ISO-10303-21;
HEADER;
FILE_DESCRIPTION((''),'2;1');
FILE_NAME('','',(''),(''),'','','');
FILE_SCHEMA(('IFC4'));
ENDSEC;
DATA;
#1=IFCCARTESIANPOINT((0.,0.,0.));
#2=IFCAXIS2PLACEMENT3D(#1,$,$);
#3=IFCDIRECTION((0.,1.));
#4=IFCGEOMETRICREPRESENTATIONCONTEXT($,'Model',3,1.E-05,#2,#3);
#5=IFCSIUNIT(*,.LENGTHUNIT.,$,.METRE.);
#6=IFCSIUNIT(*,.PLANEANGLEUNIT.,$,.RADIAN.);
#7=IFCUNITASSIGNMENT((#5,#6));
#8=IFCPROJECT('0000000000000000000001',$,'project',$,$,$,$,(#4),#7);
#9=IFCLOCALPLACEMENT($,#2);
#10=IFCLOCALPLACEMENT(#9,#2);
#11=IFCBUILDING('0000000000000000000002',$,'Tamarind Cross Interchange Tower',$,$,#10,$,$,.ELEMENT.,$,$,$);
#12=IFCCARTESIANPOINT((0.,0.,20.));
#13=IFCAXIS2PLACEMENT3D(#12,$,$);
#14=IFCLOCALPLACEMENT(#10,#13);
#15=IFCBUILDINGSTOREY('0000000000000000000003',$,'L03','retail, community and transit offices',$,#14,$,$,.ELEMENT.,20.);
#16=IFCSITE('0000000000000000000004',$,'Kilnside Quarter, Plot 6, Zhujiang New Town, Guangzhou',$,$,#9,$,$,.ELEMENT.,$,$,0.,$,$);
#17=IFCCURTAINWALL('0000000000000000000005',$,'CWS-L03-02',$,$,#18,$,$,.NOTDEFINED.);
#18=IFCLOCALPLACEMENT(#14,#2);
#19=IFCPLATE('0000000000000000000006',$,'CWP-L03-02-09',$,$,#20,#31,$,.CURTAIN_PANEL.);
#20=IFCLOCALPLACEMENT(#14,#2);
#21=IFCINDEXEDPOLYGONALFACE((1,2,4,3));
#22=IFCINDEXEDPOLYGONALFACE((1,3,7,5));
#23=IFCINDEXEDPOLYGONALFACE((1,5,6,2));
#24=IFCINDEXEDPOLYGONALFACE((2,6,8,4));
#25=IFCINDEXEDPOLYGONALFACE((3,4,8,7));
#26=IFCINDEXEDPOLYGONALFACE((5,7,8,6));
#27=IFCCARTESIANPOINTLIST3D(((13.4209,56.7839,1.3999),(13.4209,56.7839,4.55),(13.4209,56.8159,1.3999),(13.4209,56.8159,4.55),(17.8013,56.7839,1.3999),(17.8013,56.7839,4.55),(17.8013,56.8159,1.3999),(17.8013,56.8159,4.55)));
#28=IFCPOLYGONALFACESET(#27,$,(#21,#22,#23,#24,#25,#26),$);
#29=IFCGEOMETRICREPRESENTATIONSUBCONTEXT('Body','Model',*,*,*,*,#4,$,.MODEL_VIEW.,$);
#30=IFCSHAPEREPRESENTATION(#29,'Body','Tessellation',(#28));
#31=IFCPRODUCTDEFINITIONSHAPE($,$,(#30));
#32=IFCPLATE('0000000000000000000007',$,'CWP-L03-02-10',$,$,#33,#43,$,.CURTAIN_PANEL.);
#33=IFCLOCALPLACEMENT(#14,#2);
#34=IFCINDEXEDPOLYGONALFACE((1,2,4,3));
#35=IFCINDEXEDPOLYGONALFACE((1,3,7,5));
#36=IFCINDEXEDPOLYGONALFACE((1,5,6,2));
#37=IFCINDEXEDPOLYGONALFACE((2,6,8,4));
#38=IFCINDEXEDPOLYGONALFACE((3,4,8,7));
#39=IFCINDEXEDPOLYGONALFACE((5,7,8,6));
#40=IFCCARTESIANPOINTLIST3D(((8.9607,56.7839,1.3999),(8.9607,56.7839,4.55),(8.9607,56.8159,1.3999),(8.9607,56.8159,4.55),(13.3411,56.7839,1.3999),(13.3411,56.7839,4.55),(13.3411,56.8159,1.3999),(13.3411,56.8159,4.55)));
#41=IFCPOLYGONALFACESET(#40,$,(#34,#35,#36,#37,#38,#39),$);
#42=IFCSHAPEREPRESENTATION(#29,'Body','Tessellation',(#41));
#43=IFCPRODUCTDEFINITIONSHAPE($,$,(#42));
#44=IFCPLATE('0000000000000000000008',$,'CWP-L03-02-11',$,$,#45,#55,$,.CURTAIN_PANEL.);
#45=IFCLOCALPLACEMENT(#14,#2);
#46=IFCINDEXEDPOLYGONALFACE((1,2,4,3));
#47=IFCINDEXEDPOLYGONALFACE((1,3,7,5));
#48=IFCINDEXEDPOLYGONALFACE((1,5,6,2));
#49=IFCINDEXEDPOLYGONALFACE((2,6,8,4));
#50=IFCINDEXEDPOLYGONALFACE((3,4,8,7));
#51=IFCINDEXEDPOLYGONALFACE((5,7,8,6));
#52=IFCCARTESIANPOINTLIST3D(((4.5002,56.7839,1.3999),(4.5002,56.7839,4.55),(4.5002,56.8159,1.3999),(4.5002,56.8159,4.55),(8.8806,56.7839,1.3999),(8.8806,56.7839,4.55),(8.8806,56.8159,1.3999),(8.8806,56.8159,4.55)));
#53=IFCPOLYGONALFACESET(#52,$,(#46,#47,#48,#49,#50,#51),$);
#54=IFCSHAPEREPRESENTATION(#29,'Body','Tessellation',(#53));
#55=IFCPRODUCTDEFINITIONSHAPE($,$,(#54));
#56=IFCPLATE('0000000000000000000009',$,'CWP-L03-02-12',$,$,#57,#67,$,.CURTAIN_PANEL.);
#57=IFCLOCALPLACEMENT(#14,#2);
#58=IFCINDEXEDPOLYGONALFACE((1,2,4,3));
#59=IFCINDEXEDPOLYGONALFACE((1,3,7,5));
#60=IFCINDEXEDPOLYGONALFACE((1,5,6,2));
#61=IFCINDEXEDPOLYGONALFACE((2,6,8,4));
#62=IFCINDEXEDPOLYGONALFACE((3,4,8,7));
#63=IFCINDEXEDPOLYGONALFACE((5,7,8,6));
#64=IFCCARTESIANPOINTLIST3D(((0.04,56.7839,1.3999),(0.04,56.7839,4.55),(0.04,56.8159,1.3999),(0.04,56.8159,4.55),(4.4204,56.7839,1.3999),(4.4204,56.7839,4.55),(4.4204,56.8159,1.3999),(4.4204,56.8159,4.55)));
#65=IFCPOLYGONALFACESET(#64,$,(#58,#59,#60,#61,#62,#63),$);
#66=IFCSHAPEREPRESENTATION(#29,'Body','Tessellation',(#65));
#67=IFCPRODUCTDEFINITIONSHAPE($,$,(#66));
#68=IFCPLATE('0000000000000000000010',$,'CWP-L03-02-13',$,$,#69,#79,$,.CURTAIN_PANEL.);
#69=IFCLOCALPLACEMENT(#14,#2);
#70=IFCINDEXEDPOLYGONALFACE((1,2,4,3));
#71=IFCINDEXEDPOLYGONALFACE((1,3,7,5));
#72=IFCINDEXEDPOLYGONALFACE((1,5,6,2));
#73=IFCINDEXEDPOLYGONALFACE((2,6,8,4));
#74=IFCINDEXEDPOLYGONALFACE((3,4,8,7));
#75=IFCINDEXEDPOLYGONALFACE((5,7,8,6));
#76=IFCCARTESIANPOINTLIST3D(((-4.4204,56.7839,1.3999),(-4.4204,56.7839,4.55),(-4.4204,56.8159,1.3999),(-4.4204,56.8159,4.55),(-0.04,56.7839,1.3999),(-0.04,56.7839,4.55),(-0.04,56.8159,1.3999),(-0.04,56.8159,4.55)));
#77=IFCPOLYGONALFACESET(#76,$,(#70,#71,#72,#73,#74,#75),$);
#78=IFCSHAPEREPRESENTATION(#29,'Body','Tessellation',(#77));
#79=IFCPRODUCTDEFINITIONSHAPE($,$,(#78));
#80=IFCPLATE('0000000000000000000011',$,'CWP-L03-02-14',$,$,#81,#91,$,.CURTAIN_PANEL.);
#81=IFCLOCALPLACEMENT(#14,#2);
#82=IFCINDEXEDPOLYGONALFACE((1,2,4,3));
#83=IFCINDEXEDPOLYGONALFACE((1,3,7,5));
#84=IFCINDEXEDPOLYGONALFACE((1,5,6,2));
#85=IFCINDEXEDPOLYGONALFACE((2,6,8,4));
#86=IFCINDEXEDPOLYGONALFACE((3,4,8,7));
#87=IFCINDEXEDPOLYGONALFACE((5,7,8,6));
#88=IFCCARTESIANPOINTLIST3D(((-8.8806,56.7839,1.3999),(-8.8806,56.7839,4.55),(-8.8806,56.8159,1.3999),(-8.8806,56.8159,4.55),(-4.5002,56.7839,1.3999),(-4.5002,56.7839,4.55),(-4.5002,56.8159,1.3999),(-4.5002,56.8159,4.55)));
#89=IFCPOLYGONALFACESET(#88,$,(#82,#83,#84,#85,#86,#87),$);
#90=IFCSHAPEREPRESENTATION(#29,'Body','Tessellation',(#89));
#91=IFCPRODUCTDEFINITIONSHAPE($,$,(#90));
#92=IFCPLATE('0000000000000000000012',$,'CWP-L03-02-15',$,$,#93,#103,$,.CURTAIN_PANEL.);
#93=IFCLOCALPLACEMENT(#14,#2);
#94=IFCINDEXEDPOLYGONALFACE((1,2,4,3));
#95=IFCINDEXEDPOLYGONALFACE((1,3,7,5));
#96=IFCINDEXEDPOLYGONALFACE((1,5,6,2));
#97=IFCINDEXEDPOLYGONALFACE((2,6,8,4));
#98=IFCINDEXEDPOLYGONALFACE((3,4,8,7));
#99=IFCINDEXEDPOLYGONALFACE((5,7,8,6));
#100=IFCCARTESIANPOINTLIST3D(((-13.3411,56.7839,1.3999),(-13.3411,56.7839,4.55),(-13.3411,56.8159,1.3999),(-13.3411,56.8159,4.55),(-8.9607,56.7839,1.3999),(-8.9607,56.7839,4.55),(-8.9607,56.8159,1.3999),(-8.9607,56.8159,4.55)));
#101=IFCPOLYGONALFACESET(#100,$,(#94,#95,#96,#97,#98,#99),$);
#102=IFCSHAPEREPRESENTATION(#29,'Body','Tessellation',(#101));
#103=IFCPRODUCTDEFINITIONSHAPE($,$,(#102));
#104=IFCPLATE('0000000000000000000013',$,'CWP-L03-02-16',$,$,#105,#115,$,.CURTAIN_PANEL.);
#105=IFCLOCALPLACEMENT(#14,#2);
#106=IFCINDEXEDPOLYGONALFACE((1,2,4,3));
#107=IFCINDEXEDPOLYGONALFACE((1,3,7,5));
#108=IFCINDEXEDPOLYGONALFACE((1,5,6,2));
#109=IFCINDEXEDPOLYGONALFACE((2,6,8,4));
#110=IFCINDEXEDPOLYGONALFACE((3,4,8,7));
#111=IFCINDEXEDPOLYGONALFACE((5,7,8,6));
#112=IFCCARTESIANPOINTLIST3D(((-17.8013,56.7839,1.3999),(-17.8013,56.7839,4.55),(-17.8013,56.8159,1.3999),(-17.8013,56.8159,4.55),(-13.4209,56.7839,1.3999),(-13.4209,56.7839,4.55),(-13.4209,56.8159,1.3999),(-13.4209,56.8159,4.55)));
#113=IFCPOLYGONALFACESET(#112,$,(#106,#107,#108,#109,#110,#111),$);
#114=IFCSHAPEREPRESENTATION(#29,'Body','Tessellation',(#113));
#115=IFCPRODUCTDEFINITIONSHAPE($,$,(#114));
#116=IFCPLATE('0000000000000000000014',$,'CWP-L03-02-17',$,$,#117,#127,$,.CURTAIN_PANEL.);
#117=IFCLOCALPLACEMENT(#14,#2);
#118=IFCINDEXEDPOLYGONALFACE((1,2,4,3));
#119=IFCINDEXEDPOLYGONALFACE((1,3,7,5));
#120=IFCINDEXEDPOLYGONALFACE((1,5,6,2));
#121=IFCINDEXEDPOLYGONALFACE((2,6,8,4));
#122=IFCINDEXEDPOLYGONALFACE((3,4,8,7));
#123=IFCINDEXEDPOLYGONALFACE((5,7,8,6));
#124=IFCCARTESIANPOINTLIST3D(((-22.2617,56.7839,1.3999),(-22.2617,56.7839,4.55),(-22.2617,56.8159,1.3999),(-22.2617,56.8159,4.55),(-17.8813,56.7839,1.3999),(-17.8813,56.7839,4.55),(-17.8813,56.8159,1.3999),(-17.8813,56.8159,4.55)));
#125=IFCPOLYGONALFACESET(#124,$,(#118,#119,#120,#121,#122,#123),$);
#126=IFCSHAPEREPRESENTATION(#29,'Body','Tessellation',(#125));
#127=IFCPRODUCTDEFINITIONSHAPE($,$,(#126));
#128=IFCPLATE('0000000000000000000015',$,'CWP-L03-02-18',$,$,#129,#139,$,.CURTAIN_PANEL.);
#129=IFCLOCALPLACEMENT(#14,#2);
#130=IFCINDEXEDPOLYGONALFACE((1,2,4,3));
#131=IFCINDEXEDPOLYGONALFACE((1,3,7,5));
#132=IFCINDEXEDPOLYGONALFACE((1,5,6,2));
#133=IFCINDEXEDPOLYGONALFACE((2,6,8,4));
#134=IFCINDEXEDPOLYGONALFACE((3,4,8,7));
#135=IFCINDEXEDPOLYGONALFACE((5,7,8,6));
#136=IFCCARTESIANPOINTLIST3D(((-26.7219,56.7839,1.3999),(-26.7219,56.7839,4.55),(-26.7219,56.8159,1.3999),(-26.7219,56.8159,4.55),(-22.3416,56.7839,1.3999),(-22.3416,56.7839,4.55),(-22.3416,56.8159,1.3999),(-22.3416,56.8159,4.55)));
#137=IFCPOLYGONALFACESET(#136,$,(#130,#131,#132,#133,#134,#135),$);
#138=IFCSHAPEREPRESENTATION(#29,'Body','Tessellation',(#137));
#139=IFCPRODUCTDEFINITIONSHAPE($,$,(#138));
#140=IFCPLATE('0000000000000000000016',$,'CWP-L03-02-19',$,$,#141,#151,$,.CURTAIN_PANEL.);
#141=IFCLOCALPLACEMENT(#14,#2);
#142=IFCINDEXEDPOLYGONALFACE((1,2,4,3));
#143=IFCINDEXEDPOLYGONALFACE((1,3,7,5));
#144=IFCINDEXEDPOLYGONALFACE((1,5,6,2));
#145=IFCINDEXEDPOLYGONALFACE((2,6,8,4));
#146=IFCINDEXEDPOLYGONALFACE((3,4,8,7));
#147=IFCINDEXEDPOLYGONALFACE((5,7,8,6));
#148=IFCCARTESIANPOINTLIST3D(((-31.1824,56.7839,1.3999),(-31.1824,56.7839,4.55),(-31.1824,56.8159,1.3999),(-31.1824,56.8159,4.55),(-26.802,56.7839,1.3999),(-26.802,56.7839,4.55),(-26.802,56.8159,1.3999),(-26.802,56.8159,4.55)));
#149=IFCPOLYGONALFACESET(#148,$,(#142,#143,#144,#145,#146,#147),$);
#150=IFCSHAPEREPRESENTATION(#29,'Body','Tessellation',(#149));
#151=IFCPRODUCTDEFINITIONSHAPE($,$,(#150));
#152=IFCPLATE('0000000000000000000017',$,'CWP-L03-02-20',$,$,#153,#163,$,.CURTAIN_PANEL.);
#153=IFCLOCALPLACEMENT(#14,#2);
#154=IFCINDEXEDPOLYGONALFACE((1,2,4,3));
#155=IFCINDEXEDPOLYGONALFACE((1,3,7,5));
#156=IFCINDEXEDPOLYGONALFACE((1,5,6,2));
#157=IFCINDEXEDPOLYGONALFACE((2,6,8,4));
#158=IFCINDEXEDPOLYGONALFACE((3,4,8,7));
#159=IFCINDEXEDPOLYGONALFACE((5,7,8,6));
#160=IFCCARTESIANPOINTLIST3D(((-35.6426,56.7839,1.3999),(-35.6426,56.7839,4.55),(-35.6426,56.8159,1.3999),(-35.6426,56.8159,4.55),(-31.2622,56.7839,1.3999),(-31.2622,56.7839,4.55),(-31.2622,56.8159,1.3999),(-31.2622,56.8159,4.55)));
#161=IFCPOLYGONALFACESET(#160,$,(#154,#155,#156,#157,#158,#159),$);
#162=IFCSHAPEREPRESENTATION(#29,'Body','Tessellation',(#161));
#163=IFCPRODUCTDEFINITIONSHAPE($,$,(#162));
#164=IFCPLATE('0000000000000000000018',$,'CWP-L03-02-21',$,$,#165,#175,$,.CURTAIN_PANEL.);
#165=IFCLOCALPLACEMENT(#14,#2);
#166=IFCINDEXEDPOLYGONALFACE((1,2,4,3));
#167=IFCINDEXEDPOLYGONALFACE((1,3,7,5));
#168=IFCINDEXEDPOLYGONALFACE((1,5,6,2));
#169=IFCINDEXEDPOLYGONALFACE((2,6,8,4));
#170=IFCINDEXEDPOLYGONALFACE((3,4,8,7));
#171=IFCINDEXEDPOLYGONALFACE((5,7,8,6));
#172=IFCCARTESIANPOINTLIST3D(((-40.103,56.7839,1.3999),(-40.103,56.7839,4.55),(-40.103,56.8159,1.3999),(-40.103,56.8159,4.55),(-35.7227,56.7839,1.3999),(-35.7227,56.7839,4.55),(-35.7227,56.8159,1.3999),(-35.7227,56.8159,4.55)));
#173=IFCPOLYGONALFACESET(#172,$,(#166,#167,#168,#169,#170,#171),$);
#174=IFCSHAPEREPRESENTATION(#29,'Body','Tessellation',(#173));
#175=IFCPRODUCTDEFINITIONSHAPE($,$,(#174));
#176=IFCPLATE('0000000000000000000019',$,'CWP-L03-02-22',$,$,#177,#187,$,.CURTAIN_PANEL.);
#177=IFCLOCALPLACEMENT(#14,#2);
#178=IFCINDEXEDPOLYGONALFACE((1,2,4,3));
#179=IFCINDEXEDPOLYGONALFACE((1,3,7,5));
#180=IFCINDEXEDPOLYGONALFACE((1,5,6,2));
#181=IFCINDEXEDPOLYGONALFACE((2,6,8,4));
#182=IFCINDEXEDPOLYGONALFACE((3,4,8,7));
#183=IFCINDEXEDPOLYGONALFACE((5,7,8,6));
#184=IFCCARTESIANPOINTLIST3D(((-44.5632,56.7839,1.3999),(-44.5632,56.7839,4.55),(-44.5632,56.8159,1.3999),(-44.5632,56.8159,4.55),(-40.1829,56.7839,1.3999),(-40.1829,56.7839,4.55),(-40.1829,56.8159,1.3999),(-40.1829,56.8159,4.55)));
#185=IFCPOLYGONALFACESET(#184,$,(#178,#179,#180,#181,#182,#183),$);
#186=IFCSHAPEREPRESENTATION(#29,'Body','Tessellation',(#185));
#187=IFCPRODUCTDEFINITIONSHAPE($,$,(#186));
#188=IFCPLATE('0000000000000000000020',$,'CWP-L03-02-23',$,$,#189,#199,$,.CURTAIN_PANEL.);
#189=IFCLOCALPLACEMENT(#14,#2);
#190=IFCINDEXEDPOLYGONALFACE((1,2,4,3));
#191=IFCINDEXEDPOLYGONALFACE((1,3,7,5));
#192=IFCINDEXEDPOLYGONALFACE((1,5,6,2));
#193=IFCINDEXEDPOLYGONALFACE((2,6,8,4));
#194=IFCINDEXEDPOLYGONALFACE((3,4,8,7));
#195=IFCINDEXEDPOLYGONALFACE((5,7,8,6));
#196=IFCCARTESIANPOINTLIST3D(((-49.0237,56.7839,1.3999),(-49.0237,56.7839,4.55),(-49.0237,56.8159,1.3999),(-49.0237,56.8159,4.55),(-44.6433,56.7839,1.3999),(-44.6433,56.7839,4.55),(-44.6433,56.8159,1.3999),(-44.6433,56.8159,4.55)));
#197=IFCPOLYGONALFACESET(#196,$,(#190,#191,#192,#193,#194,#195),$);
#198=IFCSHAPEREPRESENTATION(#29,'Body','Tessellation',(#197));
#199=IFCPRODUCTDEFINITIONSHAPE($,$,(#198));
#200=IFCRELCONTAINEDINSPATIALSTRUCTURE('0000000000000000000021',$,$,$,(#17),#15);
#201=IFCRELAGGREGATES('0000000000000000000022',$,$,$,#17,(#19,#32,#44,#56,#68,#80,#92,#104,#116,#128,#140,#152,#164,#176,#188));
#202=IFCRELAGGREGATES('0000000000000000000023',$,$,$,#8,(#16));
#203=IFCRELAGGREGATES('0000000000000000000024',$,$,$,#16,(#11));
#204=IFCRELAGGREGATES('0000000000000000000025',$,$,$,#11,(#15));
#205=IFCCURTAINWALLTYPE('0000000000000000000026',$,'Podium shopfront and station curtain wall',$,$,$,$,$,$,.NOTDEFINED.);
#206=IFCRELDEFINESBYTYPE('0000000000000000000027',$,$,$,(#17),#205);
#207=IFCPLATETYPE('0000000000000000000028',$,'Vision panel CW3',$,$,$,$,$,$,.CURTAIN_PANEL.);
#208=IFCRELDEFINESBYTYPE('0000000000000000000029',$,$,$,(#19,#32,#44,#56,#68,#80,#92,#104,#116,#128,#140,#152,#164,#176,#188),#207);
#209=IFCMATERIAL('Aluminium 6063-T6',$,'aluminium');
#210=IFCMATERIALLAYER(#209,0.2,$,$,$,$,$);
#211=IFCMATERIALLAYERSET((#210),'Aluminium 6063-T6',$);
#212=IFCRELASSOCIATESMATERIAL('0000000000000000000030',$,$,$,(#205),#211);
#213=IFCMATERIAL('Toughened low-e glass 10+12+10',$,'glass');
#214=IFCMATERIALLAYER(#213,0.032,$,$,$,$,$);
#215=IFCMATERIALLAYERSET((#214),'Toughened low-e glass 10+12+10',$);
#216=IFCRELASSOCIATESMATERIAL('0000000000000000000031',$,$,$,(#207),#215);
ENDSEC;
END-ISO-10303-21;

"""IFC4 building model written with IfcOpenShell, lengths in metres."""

from ifc_helpers import new_model, si_unit, direction, frame, origin, place, context, subcontext, project, spatial, polyline, outline, extrude, material, layer, layer_set, type_object, element, aggregate, save


model = new_model("IFC4")

# Units and contexts
model_context = context("Model", 3, precision=1e-05, world=origin(), true_north=direction((0.0, 1.0)))
body_context = subcontext(model_context, "Body", "Model", "MODEL_VIEW")
ifc_project = project(units=[si_unit("LENGTHUNIT", "METRE"), si_unit("PLANEANGLEUNIT", "RADIAN")], contexts=[model_context])

# Site, building, storey
site_placement = place(None, origin())
site = spatial("IfcSite", under=ifc_project, at=site_placement, Name="Kilnside Quarter, Plot 6, Zhujiang New Town, Guangzhou", CompositionType="ELEMENT", RefElevation=0.0)
building_placement = place(site_placement, origin())
building = spatial("IfcBuilding", under=site, at=building_placement, Name="Tamarind Cross Interchange Tower", CompositionType="ELEMENT")
storey_placement = place(building_placement, frame((0.0, 0.0, 20.0)))
storey = spatial("IfcBuildingStorey", under=building, at=storey_placement, Name="L03", Description="retail, community and transit offices", CompositionType="ELEMENT", Elevation=20.0)

# Curtain wall
ifc_material_1 = material(Name="Aluminium 6063-T6", Category="aluminium")
ifc_layer_1 = layer(ifc_material_1, 0.2)
ifc_layer_set_1 = layer_set([ifc_layer_1], Name="Aluminium 6063-T6")
curtain_wall_type = type_object("IfcCurtainWallType", Name="Podium shopfront and station curtain wall", PredefinedType="NOTDEFINED", material=ifc_layer_set_1)
curtain_wall_1_placement = place(storey_placement, origin())
curtain_wall_1 = element("IfcCurtainWall", 1, at=curtain_wall_1_placement, inside=storey, type_object=curtain_wall_type, Name="CWS-L03-02", PredefinedType="NOTDEFINED")

# Plates
ifc_material_2 = material(Name="Toughened low-e glass 10+12+10", Category="glass")
ifc_layer_2 = layer(ifc_material_2, 0.032)
ifc_layer_set_2 = layer_set([ifc_layer_2], Name="Toughened low-e glass 10+12+10")
plate_type = type_object("IfcPlateType", Name="Vision panel CW3", PredefinedType="CURTAIN_PANEL", material=ifc_layer_set_2)
plate_1_placement = place(storey_placement, frame((0.0, 0.0, 1.3999)))
plate_1 = element("IfcPlate", 2, at=plate_1_placement, type_object=plate_type, Name="CWP-L03-02-09", PredefinedType="CURTAIN_PANEL", context=body_context, shape_type="SweptSolid", body=[
    extrude(outline(polyline([(17.8013, 56.7839), (13.4209, 56.7839), (13.4209, 56.8159), (17.8013, 56.8159), (17.8013, 56.7839)])), origin(), (0.0, 0.0, 1.0), 3.1501),
])
plate_2_placement = place(storey_placement, frame((0.0, 0.0, 1.3999)))
plate_2 = element("IfcPlate", 3, at=plate_2_placement, type_object=plate_type, Name="CWP-L03-02-10", PredefinedType="CURTAIN_PANEL", context=body_context, shape_type="SweptSolid", body=[
    extrude(outline(polyline([(13.3411, 56.7839), (8.9607, 56.7839), (8.9607, 56.8159), (13.3411, 56.8159), (13.3411, 56.7839)])), origin(), (0.0, 0.0, 1.0), 3.1501),
])
plate_3_placement = place(storey_placement, frame((0.0, 0.0, 1.3999)))
plate_3 = element("IfcPlate", 4, at=plate_3_placement, type_object=plate_type, Name="CWP-L03-02-11", PredefinedType="CURTAIN_PANEL", context=body_context, shape_type="SweptSolid", body=[
    extrude(outline(polyline([(8.8806, 56.7839), (4.5002, 56.7839), (4.5002, 56.8159), (8.8806, 56.8159), (8.8806, 56.7839)])), origin(), (0.0, 0.0, 1.0), 3.1501),
])
plate_4_placement = place(storey_placement, frame((0.0, 0.0, 1.3999)))
plate_4 = element("IfcPlate", 5, at=plate_4_placement, type_object=plate_type, Name="CWP-L03-02-12", PredefinedType="CURTAIN_PANEL", context=body_context, shape_type="SweptSolid", body=[
    extrude(outline(polyline([(4.4204, 56.7839), (0.04, 56.7839), (0.04, 56.8159), (4.4204, 56.8159), (4.4204, 56.7839)])), origin(), (0.0, 0.0, 1.0), 3.1501),
])
plate_5_placement = place(storey_placement, frame((0.0, 0.0, 1.3999)))
plate_5 = element("IfcPlate", 6, at=plate_5_placement, type_object=plate_type, Name="CWP-L03-02-13", PredefinedType="CURTAIN_PANEL", context=body_context, shape_type="SweptSolid", body=[
    extrude(outline(polyline([(-0.04, 56.7839), (-4.4204, 56.7839), (-4.4204, 56.8159), (-0.04, 56.8159), (-0.04, 56.7839)])), origin(), (0.0, 0.0, 1.0), 3.1501),
])
plate_6_placement = place(storey_placement, frame((0.0, 0.0, 1.3999)))
plate_6 = element("IfcPlate", 7, at=plate_6_placement, type_object=plate_type, Name="CWP-L03-02-14", PredefinedType="CURTAIN_PANEL", context=body_context, shape_type="SweptSolid", body=[
    extrude(outline(polyline([(-4.5002, 56.7839), (-8.8806, 56.7839), (-8.8806, 56.8159), (-4.5002, 56.8159), (-4.5002, 56.7839)])), origin(), (0.0, 0.0, 1.0), 3.1501),
])
plate_7_placement = place(storey_placement, frame((0.0, 0.0, 1.3999)))
plate_7 = element("IfcPlate", 8, at=plate_7_placement, type_object=plate_type, Name="CWP-L03-02-15", PredefinedType="CURTAIN_PANEL", context=body_context, shape_type="SweptSolid", body=[
    extrude(outline(polyline([(-8.9607, 56.7839), (-13.3411, 56.7839), (-13.3411, 56.8159), (-8.9607, 56.8159), (-8.9607, 56.7839)])), origin(), (0.0, 0.0, 1.0), 3.1501),
])
plate_8_placement = place(storey_placement, frame((0.0, 0.0, 1.3999)))
plate_8 = element("IfcPlate", 9, at=plate_8_placement, type_object=plate_type, Name="CWP-L03-02-16", PredefinedType="CURTAIN_PANEL", context=body_context, shape_type="SweptSolid", body=[
    extrude(outline(polyline([(-13.4209, 56.7839), (-17.8013, 56.7839), (-17.8013, 56.8159), (-13.4209, 56.8159), (-13.4209, 56.7839)])), origin(), (0.0, 0.0, 1.0), 3.1501),
])
plate_9_placement = place(storey_placement, frame((0.0, 0.0, 1.3999)))
plate_9 = element("IfcPlate", 10, at=plate_9_placement, type_object=plate_type, Name="CWP-L03-02-17", PredefinedType="CURTAIN_PANEL", context=body_context, shape_type="SweptSolid", body=[
    extrude(outline(polyline([(-17.8813, 56.7839), (-22.2617, 56.7839), (-22.2617, 56.8159), (-17.8813, 56.8159), (-17.8813, 56.7839)])), origin(), (0.0, 0.0, 1.0), 3.1501),
])
plate_10_placement = place(storey_placement, frame((0.0, 0.0, 1.3999)))
plate_10 = element("IfcPlate", 11, at=plate_10_placement, type_object=plate_type, Name="CWP-L03-02-18", PredefinedType="CURTAIN_PANEL", context=body_context, shape_type="SweptSolid", body=[
    extrude(outline(polyline([(-22.3416, 56.7839), (-26.7219, 56.7839), (-26.7219, 56.8159), (-22.3416, 56.8159), (-22.3416, 56.7839)])), origin(), (0.0, 0.0, 1.0), 3.1501),
])
plate_11_placement = place(storey_placement, frame((0.0, 0.0, 1.3999)))
plate_11 = element("IfcPlate", 12, at=plate_11_placement, type_object=plate_type, Name="CWP-L03-02-19", PredefinedType="CURTAIN_PANEL", context=body_context, shape_type="SweptSolid", body=[
    extrude(outline(polyline([(-26.802, 56.7839), (-31.1824, 56.7839), (-31.1824, 56.8159), (-26.802, 56.8159), (-26.802, 56.7839)])), origin(), (0.0, 0.0, 1.0), 3.1501),
])
plate_12_placement = place(storey_placement, frame((0.0, 0.0, 1.3999)))
plate_12 = element("IfcPlate", 13, at=plate_12_placement, type_object=plate_type, Name="CWP-L03-02-20", PredefinedType="CURTAIN_PANEL", context=body_context, shape_type="SweptSolid", body=[
    extrude(outline(polyline([(-31.2622, 56.7839), (-35.6426, 56.7839), (-35.6426, 56.8159), (-31.2622, 56.8159), (-31.2622, 56.7839)])), origin(), (0.0, 0.0, 1.0), 3.1501),
])
plate_13_placement = place(storey_placement, frame((0.0, 0.0, 1.3999)))
plate_13 = element("IfcPlate", 14, at=plate_13_placement, type_object=plate_type, Name="CWP-L03-02-21", PredefinedType="CURTAIN_PANEL", context=body_context, shape_type="SweptSolid", body=[
    extrude(outline(polyline([(-35.7227, 56.7839), (-40.103, 56.7839), (-40.103, 56.8159), (-35.7227, 56.8159), (-35.7227, 56.7839)])), origin(), (0.0, 0.0, 1.0), 3.1501),
])
plate_14_placement = place(storey_placement, frame((0.0, 0.0, 1.3999)))
plate_14 = element("IfcPlate", 15, at=plate_14_placement, type_object=plate_type, Name="CWP-L03-02-22", PredefinedType="CURTAIN_PANEL", context=body_context, shape_type="SweptSolid", body=[
    extrude(outline(polyline([(-40.1829, 56.7839), (-44.5632, 56.7839), (-44.5632, 56.8159), (-40.1829, 56.8159), (-40.1829, 56.7839)])), origin(), (0.0, 0.0, 1.0), 3.1501),
])
plate_15_placement = place(storey_placement, frame((0.0, 0.0, 1.3999)))
plate_15 = element("IfcPlate", 16, at=plate_15_placement, type_object=plate_type, Name="CWP-L03-02-23", PredefinedType="CURTAIN_PANEL", context=body_context, shape_type="SweptSolid", body=[
    extrude(outline(polyline([(-44.6433, 56.7839), (-49.0237, 56.7839), (-49.0237, 56.8159), (-44.6433, 56.8159), (-44.6433, 56.7839)])), origin(), (0.0, 0.0, 1.0), 3.1501),
])
aggregate(curtain_wall_1, [plate_1, plate_2, plate_3, plate_4, plate_5, plate_6, plate_7, plate_8, plate_9, plate_10, plate_11, plate_12, plate_13, plate_14, plate_15])

save(model, "model.ifc")
